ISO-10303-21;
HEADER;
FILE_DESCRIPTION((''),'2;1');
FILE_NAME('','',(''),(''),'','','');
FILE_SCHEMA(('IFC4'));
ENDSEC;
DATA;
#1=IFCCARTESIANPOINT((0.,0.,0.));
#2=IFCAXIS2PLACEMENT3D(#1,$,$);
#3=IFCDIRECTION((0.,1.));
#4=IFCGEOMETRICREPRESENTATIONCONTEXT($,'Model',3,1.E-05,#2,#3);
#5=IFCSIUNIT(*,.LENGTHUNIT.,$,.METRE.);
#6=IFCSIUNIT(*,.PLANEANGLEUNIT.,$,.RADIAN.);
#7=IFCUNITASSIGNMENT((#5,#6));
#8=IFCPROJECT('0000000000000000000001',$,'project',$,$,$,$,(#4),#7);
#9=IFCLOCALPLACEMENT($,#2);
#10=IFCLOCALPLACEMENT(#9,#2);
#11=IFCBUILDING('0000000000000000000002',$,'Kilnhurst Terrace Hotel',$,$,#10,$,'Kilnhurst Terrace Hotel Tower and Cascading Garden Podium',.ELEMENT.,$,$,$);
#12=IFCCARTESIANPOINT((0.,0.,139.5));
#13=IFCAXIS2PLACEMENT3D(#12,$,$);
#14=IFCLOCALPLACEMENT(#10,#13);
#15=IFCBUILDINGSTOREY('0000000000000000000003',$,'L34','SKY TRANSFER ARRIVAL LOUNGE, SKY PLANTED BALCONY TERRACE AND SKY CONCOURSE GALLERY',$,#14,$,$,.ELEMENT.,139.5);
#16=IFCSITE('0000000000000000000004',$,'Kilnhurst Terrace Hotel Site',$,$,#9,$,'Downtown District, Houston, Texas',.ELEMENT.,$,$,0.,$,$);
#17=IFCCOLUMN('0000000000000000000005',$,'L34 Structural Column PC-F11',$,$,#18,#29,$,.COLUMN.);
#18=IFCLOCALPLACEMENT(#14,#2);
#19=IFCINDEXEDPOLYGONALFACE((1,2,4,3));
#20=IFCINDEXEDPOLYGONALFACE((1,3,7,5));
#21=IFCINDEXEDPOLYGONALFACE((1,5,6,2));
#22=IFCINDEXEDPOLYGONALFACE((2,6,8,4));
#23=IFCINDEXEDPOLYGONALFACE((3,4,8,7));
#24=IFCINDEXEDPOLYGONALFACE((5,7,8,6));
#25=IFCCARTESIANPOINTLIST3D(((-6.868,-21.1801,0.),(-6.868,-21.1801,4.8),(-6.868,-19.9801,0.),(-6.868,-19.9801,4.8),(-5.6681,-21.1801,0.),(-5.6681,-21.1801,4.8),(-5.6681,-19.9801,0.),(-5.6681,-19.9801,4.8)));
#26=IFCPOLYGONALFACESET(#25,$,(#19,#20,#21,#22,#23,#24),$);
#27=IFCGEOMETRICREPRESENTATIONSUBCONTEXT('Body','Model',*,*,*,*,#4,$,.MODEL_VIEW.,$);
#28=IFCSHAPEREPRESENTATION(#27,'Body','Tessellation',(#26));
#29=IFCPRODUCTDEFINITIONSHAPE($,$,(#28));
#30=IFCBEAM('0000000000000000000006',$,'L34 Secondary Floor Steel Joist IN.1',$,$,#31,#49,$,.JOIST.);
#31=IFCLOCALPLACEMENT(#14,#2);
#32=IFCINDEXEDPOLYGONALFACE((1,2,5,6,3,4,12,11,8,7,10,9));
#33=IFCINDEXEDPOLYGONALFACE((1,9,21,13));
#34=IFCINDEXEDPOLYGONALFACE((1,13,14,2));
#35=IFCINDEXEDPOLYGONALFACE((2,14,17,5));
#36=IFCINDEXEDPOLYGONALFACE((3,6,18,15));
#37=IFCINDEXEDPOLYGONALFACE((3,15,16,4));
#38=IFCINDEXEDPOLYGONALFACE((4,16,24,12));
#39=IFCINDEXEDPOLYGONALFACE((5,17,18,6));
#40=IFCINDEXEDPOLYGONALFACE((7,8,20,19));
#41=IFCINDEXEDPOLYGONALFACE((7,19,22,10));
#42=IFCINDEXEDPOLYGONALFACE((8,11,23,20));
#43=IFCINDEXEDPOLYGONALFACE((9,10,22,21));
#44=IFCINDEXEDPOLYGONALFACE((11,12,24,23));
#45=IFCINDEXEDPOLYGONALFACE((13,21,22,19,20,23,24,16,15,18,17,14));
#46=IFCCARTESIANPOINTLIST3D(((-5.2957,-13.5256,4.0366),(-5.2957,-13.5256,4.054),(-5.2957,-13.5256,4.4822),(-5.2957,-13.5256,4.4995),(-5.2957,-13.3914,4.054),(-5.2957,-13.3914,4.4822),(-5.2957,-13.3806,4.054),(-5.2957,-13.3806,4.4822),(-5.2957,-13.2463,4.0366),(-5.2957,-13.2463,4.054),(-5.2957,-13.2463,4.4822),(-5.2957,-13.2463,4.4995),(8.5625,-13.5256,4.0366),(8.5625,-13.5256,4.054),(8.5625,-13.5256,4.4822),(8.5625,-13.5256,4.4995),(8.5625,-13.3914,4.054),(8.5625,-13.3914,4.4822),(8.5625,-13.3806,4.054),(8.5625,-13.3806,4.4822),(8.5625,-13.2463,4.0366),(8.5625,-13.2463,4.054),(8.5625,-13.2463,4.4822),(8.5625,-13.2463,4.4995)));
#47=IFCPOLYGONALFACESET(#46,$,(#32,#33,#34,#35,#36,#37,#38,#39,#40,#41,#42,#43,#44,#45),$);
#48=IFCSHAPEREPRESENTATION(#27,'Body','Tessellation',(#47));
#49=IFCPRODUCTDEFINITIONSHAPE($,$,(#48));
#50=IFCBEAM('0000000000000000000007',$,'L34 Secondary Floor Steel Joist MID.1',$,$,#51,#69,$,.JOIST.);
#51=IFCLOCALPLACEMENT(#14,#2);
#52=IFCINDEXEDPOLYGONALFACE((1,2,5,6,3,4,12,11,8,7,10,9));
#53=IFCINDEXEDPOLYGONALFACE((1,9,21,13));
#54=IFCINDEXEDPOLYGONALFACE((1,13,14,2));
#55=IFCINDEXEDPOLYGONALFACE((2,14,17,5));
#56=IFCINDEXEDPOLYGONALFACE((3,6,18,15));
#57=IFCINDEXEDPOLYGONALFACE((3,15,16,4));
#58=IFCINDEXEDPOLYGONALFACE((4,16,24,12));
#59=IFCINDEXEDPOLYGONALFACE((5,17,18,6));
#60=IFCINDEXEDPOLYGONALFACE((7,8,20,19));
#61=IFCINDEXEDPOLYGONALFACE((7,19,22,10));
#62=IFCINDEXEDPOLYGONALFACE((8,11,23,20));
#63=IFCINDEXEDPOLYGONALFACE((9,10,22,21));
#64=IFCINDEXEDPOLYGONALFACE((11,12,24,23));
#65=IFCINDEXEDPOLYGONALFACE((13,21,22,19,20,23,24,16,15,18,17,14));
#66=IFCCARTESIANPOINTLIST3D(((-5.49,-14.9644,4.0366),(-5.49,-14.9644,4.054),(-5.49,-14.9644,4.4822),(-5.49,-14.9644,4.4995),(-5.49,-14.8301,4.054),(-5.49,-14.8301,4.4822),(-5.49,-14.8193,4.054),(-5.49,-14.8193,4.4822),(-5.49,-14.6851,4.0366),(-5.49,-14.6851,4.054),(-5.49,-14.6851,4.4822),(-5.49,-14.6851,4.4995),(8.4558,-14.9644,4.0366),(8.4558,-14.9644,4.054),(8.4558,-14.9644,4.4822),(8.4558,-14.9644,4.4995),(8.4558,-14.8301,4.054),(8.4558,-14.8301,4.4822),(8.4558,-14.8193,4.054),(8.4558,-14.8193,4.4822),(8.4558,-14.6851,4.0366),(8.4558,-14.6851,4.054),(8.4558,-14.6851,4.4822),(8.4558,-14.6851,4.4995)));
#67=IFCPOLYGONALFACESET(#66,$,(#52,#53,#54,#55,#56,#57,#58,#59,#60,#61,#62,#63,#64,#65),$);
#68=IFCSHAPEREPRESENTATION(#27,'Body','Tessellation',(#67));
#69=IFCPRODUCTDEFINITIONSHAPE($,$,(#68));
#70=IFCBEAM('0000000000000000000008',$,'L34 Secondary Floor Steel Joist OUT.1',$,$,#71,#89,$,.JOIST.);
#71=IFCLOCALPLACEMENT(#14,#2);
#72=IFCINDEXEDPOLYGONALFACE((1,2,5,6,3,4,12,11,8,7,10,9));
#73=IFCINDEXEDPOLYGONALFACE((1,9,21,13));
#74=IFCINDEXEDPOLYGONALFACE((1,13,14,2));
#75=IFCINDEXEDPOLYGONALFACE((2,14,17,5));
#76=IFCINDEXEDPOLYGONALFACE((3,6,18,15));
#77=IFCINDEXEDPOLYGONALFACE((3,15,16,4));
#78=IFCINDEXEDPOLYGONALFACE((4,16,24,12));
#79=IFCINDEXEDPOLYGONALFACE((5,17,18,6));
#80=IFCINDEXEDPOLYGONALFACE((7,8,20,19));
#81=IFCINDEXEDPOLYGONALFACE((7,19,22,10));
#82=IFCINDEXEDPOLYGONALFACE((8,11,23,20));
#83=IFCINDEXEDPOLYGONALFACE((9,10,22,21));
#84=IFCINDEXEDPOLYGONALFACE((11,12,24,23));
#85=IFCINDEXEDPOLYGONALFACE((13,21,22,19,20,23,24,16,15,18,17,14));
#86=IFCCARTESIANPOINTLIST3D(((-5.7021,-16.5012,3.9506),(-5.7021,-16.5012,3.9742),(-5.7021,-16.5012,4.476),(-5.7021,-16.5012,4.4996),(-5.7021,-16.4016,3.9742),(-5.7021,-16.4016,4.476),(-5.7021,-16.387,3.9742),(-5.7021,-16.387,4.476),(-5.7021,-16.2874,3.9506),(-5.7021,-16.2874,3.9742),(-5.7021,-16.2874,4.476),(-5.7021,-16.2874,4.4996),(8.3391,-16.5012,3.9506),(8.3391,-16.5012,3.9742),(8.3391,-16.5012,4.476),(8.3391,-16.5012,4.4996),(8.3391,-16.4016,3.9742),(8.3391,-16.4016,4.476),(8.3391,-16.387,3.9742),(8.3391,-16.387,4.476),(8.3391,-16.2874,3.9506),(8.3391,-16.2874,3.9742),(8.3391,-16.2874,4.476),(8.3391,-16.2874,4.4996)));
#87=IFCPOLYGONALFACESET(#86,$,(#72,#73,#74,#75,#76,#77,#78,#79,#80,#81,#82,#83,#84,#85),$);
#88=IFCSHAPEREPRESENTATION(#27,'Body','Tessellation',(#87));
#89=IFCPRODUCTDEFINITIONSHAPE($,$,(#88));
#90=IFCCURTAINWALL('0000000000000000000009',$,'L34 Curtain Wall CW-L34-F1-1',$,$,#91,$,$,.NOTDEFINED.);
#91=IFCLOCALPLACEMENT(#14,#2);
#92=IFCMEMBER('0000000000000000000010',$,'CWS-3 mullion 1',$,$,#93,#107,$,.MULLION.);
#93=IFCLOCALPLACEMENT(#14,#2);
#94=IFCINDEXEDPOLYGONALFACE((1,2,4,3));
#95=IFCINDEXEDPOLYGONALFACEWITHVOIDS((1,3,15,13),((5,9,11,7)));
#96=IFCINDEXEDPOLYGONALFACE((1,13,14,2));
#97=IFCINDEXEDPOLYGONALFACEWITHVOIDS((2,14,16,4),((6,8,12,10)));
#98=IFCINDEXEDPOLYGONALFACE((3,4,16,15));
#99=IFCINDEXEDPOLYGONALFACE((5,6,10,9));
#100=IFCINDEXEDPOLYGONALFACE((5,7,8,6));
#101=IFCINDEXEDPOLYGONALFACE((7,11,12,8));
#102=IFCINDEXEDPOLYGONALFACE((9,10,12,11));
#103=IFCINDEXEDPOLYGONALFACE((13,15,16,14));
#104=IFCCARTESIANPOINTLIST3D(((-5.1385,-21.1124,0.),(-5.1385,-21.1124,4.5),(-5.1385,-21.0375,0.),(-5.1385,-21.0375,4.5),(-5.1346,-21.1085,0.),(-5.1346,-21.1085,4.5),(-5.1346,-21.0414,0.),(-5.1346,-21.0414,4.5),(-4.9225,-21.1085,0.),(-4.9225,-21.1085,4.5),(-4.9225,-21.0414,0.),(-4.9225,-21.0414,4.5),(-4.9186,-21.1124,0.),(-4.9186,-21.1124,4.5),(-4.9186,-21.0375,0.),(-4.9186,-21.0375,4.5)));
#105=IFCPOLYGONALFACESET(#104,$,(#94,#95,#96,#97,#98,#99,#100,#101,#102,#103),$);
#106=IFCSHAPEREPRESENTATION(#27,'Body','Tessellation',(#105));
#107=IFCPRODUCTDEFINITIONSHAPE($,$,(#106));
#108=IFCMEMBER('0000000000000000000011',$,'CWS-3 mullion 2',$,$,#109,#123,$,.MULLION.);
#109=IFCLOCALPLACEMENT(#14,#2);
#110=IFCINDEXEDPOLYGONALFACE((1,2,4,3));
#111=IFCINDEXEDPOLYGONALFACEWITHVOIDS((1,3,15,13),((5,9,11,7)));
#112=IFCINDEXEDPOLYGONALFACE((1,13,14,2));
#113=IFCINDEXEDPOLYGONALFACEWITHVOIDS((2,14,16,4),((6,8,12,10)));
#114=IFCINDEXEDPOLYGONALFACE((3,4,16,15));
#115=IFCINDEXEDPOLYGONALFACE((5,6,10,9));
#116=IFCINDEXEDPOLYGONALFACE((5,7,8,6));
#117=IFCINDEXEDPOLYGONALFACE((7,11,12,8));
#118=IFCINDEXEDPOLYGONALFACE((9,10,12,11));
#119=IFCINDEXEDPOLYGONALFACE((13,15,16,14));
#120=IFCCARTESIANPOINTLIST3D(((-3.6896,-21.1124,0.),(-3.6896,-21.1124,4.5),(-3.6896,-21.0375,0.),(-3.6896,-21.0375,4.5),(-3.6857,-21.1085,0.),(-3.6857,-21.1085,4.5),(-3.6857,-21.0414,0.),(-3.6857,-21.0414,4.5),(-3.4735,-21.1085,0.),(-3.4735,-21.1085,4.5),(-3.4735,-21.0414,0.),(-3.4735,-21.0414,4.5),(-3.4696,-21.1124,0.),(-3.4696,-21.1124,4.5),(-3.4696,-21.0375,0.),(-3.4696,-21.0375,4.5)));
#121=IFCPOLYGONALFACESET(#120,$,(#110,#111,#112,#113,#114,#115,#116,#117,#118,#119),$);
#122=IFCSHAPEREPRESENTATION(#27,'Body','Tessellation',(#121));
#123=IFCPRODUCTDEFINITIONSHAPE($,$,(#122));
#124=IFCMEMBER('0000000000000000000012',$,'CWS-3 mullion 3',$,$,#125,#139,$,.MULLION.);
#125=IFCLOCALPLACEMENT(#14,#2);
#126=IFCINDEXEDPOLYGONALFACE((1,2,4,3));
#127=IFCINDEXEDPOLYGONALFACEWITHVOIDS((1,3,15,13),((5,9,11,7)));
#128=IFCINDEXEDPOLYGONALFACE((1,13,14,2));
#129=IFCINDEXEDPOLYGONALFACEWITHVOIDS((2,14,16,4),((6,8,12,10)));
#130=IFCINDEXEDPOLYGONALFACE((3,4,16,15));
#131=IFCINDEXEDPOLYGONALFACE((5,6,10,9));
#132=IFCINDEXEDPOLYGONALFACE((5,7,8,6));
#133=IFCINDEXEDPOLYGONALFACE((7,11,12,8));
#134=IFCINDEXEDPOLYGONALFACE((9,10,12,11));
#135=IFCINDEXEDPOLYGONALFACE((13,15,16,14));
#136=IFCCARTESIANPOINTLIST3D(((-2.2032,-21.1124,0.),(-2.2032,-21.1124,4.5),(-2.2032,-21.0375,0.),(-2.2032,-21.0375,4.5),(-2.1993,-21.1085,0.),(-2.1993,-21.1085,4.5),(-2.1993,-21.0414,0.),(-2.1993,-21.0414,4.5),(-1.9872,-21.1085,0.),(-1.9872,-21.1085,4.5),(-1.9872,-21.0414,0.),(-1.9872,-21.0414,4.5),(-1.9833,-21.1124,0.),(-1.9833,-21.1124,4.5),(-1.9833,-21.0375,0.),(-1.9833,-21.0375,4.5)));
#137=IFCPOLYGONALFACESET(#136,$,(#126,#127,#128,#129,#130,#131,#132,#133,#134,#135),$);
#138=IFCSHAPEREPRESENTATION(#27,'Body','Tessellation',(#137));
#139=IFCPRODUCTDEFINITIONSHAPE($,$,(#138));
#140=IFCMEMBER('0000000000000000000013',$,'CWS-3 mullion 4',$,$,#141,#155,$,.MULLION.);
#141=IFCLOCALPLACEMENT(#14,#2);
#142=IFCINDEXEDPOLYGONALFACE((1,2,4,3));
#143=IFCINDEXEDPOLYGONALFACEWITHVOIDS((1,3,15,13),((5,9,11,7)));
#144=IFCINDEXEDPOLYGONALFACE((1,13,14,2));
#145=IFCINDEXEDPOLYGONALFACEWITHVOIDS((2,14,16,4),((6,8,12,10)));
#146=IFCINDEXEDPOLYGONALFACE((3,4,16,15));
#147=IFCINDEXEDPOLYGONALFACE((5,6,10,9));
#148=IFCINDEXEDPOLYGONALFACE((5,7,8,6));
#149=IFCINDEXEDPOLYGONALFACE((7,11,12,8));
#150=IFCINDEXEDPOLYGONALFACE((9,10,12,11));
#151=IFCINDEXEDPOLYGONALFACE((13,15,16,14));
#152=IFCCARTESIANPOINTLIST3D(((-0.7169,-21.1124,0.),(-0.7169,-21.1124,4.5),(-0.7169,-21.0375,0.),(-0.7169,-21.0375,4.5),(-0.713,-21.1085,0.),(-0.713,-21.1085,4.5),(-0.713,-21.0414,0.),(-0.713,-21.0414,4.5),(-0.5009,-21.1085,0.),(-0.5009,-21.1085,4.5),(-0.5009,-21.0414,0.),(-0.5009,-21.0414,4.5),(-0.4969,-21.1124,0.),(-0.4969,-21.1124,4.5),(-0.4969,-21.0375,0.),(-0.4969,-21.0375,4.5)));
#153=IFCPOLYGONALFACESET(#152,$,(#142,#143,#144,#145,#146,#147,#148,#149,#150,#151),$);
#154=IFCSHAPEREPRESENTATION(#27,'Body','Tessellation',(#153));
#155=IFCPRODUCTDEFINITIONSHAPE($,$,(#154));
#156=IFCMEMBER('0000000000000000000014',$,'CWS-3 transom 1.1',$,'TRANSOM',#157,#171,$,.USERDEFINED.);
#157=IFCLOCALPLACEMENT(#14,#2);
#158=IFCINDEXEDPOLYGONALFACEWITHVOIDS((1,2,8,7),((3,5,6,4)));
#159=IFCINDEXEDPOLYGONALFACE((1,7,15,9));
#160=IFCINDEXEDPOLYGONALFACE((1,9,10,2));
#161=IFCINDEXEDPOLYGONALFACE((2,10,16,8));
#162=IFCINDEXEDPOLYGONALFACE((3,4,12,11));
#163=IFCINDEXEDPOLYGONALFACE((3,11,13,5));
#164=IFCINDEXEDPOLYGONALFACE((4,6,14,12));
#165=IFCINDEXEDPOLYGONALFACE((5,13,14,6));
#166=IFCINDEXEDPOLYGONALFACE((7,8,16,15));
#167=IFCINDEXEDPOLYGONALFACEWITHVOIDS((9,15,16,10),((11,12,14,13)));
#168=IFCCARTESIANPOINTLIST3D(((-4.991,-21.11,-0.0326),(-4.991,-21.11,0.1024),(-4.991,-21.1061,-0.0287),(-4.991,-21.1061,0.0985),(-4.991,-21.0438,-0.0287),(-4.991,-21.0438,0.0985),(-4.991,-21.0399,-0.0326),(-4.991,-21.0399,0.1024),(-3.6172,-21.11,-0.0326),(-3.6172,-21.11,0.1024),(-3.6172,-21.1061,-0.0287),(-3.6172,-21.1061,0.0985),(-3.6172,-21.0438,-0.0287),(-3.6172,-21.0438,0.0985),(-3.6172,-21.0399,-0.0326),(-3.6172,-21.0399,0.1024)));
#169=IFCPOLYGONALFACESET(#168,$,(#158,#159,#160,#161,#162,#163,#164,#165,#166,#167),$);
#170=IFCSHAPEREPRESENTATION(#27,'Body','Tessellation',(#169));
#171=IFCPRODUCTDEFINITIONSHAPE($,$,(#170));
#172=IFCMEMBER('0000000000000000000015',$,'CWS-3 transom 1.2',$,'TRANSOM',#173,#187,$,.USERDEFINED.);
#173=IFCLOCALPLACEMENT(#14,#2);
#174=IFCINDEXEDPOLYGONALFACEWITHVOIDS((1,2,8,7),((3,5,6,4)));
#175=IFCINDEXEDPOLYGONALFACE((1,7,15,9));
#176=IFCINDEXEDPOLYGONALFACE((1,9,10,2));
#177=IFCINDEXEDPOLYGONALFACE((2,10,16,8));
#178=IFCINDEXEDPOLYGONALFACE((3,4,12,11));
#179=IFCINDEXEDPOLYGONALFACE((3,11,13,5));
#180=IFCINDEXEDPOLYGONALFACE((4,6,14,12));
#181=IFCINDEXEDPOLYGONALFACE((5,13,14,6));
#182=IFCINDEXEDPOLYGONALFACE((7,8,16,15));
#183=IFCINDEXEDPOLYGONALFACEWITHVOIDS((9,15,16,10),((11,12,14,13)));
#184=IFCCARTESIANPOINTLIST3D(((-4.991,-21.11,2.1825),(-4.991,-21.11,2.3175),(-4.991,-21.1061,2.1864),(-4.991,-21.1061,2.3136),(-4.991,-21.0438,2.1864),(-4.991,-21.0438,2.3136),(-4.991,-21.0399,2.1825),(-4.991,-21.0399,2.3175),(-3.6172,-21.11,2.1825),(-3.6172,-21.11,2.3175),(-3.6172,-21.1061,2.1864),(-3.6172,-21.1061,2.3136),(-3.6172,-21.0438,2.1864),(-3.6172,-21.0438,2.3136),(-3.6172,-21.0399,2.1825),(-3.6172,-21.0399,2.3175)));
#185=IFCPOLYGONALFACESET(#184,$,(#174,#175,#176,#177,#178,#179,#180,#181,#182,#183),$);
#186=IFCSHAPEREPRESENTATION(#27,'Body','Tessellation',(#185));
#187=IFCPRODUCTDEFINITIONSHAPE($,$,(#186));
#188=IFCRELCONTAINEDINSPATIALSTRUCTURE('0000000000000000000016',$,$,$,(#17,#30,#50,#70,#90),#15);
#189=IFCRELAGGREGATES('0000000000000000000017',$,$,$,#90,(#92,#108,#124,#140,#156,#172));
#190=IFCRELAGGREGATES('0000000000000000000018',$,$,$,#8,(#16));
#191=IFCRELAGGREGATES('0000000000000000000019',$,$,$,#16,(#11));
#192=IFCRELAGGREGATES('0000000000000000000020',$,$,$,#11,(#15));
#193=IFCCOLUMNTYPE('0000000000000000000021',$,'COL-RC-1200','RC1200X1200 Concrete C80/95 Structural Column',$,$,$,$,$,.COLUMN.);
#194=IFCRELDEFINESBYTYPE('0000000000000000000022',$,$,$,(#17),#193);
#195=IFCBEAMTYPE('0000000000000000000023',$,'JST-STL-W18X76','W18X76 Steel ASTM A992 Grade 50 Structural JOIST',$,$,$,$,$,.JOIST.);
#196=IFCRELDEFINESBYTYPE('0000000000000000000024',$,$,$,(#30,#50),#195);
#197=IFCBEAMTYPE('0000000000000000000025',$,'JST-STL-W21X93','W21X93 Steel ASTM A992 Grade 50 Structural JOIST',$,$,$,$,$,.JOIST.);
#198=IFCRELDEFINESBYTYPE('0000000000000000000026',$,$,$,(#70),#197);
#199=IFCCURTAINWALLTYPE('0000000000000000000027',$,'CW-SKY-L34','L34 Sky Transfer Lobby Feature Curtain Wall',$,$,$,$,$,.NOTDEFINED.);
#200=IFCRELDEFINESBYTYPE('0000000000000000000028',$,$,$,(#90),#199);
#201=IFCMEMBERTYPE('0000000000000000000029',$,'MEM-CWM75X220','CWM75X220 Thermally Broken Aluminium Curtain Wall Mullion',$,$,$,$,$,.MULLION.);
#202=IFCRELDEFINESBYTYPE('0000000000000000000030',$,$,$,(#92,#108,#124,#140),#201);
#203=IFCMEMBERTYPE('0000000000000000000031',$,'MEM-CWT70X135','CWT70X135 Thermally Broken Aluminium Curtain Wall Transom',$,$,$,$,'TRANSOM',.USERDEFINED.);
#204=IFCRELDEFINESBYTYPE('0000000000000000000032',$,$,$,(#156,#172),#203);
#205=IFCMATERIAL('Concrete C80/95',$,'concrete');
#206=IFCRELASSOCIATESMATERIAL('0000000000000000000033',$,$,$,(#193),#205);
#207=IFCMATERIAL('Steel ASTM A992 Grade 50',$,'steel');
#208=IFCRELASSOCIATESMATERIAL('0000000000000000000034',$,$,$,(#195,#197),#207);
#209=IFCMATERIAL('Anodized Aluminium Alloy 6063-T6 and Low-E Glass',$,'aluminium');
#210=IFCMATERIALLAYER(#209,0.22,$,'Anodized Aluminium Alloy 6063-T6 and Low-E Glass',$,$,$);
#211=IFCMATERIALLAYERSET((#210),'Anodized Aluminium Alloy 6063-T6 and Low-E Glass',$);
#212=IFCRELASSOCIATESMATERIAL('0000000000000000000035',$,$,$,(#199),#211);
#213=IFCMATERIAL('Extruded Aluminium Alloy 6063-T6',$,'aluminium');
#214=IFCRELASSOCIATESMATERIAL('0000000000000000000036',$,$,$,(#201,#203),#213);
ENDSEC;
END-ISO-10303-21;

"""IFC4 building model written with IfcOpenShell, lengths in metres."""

from ifc_helpers import new_model, si_unit, direction, frame, origin, origin_2d, place, context, subcontext, project, spatial, rectangle, hollow_rectangle, i_section, extrude, material, layer, layer_set, material_profile, profile_set, type_object, element, aggregate, save


model = new_model("IFC4")

# Units and contexts
model_context = context("Model", 3, precision=1e-05, world=origin(), true_north=direction((0.0, 1.0)))
body_context = subcontext(model_context, "Body", "Model", "MODEL_VIEW")
ifc_project = project(units=[si_unit("LENGTHUNIT", "METRE"), si_unit("PLANEANGLEUNIT", "RADIAN")], contexts=[model_context])

# Site, building, storey
site_placement = place(None, origin())
site = spatial("IfcSite", under=ifc_project, at=site_placement, Name="Kilnhurst Terrace Hotel Site", LongName="Downtown District, Houston, Texas", CompositionType="ELEMENT", RefElevation=0.0)
building_placement = place(site_placement, origin())
building = spatial("IfcBuilding", under=site, at=building_placement, Name="Kilnhurst Terrace Hotel", LongName="Kilnhurst Terrace Hotel Tower and Cascading Garden Podium", CompositionType="ELEMENT")
storey_placement = place(building_placement, frame((0.0, 0.0, 139.5)))
storey = spatial("IfcBuildingStorey", under=building, at=storey_placement, Name="L34", Description="SKY TRANSFER ARRIVAL LOUNGE, SKY PLANTED BALCONY TERRACE AND SKY CONCOURSE GALLERY", CompositionType="ELEMENT", Elevation=139.5)

# Column
ifc_material_1 = material(Name="Concrete C80/95", Category="concrete")
ifc_material_profile_1 = material_profile(ifc_material_1, rectangle(XDim=1.2, YDim=1.2, at=origin_2d()), Name="RC1200X1200")
ifc_profile_set_1 = profile_set([ifc_material_profile_1], Name="Concrete C80/95")
column_type = type_object("IfcColumnType", Name="COL-RC-1200", Description="RC1200X1200 Concrete C80/95 Structural Column", PredefinedType="COLUMN", material=ifc_profile_set_1)
column_placement = place(storey_placement, frame((-6.2681, -20.5801, 0.0), z_axis=(0.0, 0.0, 1.0), x_axis=(1.0, 0.0, 0.0)))
element("IfcColumn", 1, at=column_placement, inside=storey, type_object=column_type, Name="L34 Structural Column PC-F11", PredefinedType="COLUMN", context=body_context, shape_type="SweptSolid", body=[
    extrude(rectangle(XDim=1.2, YDim=1.2, at=origin_2d()), origin(), (0.0, 0.0, 1.0), 4.8),
])

# Beams
ifc_material_2 = material(Name="Steel ASTM A992 Grade 50", Category="steel")
ifc_material_profile_2 = material_profile(ifc_material_2, i_section(OverallWidth=0.2793, OverallDepth=0.4629, WebThickness=0.0107, FlangeThickness=0.0173, at=origin_2d()), Name="W18X76")
ifc_profile_set_2 = profile_set([ifc_material_profile_2], Name="Steel ASTM A992 Grade 50")
beam_type_1 = type_object("IfcBeamType", Name="JST-STL-W18X76", Description="W18X76 Steel ASTM A992 Grade 50 Structural JOIST", PredefinedType="JOIST", material=ifc_profile_set_2)
beam_1_placement = place(storey_placement, frame((-5.2957, -13.386, 4.2681), z_axis=(1.0, 0.0, 0.0), x_axis=(0.0, 1.0, 0.0)))
element("IfcBeam", 2, at=beam_1_placement, inside=storey, type_object=beam_type_1, Name="L34 Secondary Floor Steel Joist IN.1", PredefinedType="JOIST", context=body_context, shape_type="SweptSolid", body=[
    extrude(i_section(OverallWidth=0.2793, OverallDepth=0.4629, WebThickness=0.0107, FlangeThickness=0.0173, at=origin_2d()), origin(), (0.0, 0.0, 1.0), 13.8582),
])
beam_2_placement = place(storey_placement, frame((-5.49, -14.8247, 4.2681), z_axis=(1.0, 0.0, 0.0), x_axis=(0.0, 1.0, 0.0)))
element("IfcBeam", 3, at=beam_2_placement, inside=storey, type_object=beam_type_1, Name="L34 Secondary Floor Steel Joist MID.1", PredefinedType="JOIST", context=body_context, shape_type="SweptSolid", body=[
    extrude(i_section(OverallWidth=0.2793, OverallDepth=0.4629, WebThickness=0.0107, FlangeThickness=0.0173, at=origin_2d()), origin(), (0.0, 0.0, 1.0), 13.9458),
])
ifc_material_profile_3 = material_profile(ifc_material_2, i_section(OverallWidth=0.2139, OverallDepth=0.5491, WebThickness=0.0146, FlangeThickness=0.0237, at=origin_2d()), Name="W21X93")
ifc_profile_set_3 = profile_set([ifc_material_profile_3], Name="Steel ASTM A992 Grade 50")
beam_type_2 = type_object("IfcBeamType", Name="JST-STL-W21X93", Description="W21X93 Steel ASTM A992 Grade 50 Structural JOIST", PredefinedType="JOIST", material=ifc_profile_set_3)
beam_3_placement = place(storey_placement, frame((-5.7021, -16.3943, 4.2251), z_axis=(1.0, 0.0, 0.0), x_axis=(0.0, 1.0, 0.0)))
element("IfcBeam", 4, at=beam_3_placement, inside=storey, type_object=beam_type_2, Name="L34 Secondary Floor Steel Joist OUT.1", PredefinedType="JOIST", context=body_context, shape_type="SweptSolid", body=[
    extrude(i_section(OverallWidth=0.2139, OverallDepth=0.5491, WebThickness=0.0146, FlangeThickness=0.0237, at=origin_2d()), origin(), (0.0, 0.0, 1.0), 14.0413),
])

# Curtain wall, members
ifc_material_3 = material(Name="Anodized Aluminium Alloy 6063-T6 and Low-E Glass", Category="aluminium")
ifc_layer_1 = layer(ifc_material_3, 0.22, Name="Anodized Aluminium Alloy 6063-T6 and Low-E Glass")
ifc_layer_set_1 = layer_set([ifc_layer_1], Name="Anodized Aluminium Alloy 6063-T6 and Low-E Glass")
curtain_wall_type = type_object("IfcCurtainWallType", Name="CW-SKY-L34", Description="L34 Sky Transfer Lobby Feature Curtain Wall", PredefinedType="NOTDEFINED", material=ifc_layer_set_1)
curtain_wall_placement = place(storey_placement, origin())
curtain_wall = element("IfcCurtainWall", 5, at=curtain_wall_placement, inside=storey, type_object=curtain_wall_type, Name="L34 Curtain Wall CW-L34-F1-1", PredefinedType="NOTDEFINED")
ifc_material_4 = material(Name="Extruded Aluminium Alloy 6063-T6", Category="aluminium")
ifc_material_profile_4 = material_profile(ifc_material_4, hollow_rectangle(XDim=0.075, YDim=0.22, WallThickness=0.0039, at=origin_2d()), Name="CWM75X220")
ifc_profile_set_4 = profile_set([ifc_material_profile_4], Name="Extruded Aluminium Alloy 6063-T6")
member_type_1 = type_object("IfcMemberType", Name="MEM-CWM75X220", Description="CWM75X220 Thermally Broken Aluminium Curtain Wall Mullion", PredefinedType="MULLION", material=ifc_profile_set_4)
member_1_placement = place(storey_placement, frame((-5.0286, -21.075, 0.0), z_axis=(0.0, 0.0, 1.0), x_axis=(0.0, 1.0, 0.0)))
member_1 = element("IfcMember", 6, at=member_1_placement, type_object=member_type_1, Name="CWS-3 mullion 1", PredefinedType="MULLION", context=body_context, shape_type="SweptSolid", body=[
    extrude(hollow_rectangle(XDim=0.075, YDim=0.22, WallThickness=0.0039, at=origin_2d()), origin(), (0.0, 0.0, 1.0), 4.5),
])
member_2_placement = place(storey_placement, frame((-3.5796, -21.075, 0.0), z_axis=(0.0, 0.0, 1.0), x_axis=(0.0, 1.0, 0.0)))
member_2 = element("IfcMember", 7, at=member_2_placement, type_object=member_type_1, Name="CWS-3 mullion 2", PredefinedType="MULLION", context=body_context, shape_type="SweptSolid", body=[
    extrude(hollow_rectangle(XDim=0.075, YDim=0.22, WallThickness=0.0039, at=origin_2d()), origin(), (0.0, 0.0, 1.0), 4.5),
])
member_3_placement = place(storey_placement, frame((-2.0933, -21.075, 0.0), z_axis=(0.0, 0.0, 1.0), x_axis=(0.0, 1.0, 0.0)))
member_3 = element("IfcMember", 8, at=member_3_placement, type_object=member_type_1, Name="CWS-3 mullion 3", PredefinedType="MULLION", context=body_context, shape_type="SweptSolid", body=[
    extrude(hollow_rectangle(XDim=0.075, YDim=0.22, WallThickness=0.0039, at=origin_2d()), origin(), (0.0, 0.0, 1.0), 4.5),
])
member_4_placement = place(storey_placement, frame((-0.6069, -21.075, 0.0), z_axis=(0.0, 0.0, 1.0), x_axis=(0.0, 1.0, 0.0)))
member_4 = element("IfcMember", 9, at=member_4_placement, type_object=member_type_1, Name="CWS-3 mullion 4", PredefinedType="MULLION", context=body_context, shape_type="SweptSolid", body=[
    extrude(hollow_rectangle(XDim=0.075, YDim=0.22, WallThickness=0.0039, at=origin_2d()), origin(), (0.0, 0.0, 1.0), 4.5),
])
ifc_material_profile_5 = material_profile(ifc_material_4, hollow_rectangle(XDim=0.0701, YDim=0.135, WallThickness=0.0039, at=origin_2d()), Name="CWT70X135")
ifc_profile_set_5 = profile_set([ifc_material_profile_5], Name="Extruded Aluminium Alloy 6063-T6")
member_type_2 = type_object("IfcMemberType", Name="MEM-CWT70X135", Description="CWT70X135 Thermally Broken Aluminium Curtain Wall Transom", ElementType="TRANSOM", PredefinedType="USERDEFINED", material=ifc_profile_set_5)
member_5_placement = place(storey_placement, frame((-4.991, -21.075, 0.0349), z_axis=(1.0, 0.0, 0.0), x_axis=(0.0, 1.0, 0.0)))
member_5 = element("IfcMember", 10, at=member_5_placement, type_object=member_type_2, Name="CWS-3 transom 1.1", ObjectType="TRANSOM", PredefinedType="USERDEFINED", context=body_context, shape_type="SweptSolid", body=[
    extrude(hollow_rectangle(XDim=0.0701, YDim=0.135, WallThickness=0.0039, at=origin_2d()), origin(), (0.0, 0.0, 1.0), 1.3738),
])
member_6_placement = place(storey_placement, frame((-4.991, -21.075, 2.25), z_axis=(1.0, 0.0, 0.0), x_axis=(0.0, 1.0, 0.0)))
member_6 = element("IfcMember", 11, at=member_6_placement, type_object=member_type_2, Name="CWS-3 transom 1.2", ObjectType="TRANSOM", PredefinedType="USERDEFINED", context=body_context, shape_type="SweptSolid", body=[
    extrude(hollow_rectangle(XDim=0.0701, YDim=0.135, WallThickness=0.0039, at=origin_2d()), origin(), (0.0, 0.0, 1.0), 1.3738),
])

aggregate(curtain_wall, [member_1, member_2, member_3, member_4, member_5, member_6])

save(model, "model.ifc")
